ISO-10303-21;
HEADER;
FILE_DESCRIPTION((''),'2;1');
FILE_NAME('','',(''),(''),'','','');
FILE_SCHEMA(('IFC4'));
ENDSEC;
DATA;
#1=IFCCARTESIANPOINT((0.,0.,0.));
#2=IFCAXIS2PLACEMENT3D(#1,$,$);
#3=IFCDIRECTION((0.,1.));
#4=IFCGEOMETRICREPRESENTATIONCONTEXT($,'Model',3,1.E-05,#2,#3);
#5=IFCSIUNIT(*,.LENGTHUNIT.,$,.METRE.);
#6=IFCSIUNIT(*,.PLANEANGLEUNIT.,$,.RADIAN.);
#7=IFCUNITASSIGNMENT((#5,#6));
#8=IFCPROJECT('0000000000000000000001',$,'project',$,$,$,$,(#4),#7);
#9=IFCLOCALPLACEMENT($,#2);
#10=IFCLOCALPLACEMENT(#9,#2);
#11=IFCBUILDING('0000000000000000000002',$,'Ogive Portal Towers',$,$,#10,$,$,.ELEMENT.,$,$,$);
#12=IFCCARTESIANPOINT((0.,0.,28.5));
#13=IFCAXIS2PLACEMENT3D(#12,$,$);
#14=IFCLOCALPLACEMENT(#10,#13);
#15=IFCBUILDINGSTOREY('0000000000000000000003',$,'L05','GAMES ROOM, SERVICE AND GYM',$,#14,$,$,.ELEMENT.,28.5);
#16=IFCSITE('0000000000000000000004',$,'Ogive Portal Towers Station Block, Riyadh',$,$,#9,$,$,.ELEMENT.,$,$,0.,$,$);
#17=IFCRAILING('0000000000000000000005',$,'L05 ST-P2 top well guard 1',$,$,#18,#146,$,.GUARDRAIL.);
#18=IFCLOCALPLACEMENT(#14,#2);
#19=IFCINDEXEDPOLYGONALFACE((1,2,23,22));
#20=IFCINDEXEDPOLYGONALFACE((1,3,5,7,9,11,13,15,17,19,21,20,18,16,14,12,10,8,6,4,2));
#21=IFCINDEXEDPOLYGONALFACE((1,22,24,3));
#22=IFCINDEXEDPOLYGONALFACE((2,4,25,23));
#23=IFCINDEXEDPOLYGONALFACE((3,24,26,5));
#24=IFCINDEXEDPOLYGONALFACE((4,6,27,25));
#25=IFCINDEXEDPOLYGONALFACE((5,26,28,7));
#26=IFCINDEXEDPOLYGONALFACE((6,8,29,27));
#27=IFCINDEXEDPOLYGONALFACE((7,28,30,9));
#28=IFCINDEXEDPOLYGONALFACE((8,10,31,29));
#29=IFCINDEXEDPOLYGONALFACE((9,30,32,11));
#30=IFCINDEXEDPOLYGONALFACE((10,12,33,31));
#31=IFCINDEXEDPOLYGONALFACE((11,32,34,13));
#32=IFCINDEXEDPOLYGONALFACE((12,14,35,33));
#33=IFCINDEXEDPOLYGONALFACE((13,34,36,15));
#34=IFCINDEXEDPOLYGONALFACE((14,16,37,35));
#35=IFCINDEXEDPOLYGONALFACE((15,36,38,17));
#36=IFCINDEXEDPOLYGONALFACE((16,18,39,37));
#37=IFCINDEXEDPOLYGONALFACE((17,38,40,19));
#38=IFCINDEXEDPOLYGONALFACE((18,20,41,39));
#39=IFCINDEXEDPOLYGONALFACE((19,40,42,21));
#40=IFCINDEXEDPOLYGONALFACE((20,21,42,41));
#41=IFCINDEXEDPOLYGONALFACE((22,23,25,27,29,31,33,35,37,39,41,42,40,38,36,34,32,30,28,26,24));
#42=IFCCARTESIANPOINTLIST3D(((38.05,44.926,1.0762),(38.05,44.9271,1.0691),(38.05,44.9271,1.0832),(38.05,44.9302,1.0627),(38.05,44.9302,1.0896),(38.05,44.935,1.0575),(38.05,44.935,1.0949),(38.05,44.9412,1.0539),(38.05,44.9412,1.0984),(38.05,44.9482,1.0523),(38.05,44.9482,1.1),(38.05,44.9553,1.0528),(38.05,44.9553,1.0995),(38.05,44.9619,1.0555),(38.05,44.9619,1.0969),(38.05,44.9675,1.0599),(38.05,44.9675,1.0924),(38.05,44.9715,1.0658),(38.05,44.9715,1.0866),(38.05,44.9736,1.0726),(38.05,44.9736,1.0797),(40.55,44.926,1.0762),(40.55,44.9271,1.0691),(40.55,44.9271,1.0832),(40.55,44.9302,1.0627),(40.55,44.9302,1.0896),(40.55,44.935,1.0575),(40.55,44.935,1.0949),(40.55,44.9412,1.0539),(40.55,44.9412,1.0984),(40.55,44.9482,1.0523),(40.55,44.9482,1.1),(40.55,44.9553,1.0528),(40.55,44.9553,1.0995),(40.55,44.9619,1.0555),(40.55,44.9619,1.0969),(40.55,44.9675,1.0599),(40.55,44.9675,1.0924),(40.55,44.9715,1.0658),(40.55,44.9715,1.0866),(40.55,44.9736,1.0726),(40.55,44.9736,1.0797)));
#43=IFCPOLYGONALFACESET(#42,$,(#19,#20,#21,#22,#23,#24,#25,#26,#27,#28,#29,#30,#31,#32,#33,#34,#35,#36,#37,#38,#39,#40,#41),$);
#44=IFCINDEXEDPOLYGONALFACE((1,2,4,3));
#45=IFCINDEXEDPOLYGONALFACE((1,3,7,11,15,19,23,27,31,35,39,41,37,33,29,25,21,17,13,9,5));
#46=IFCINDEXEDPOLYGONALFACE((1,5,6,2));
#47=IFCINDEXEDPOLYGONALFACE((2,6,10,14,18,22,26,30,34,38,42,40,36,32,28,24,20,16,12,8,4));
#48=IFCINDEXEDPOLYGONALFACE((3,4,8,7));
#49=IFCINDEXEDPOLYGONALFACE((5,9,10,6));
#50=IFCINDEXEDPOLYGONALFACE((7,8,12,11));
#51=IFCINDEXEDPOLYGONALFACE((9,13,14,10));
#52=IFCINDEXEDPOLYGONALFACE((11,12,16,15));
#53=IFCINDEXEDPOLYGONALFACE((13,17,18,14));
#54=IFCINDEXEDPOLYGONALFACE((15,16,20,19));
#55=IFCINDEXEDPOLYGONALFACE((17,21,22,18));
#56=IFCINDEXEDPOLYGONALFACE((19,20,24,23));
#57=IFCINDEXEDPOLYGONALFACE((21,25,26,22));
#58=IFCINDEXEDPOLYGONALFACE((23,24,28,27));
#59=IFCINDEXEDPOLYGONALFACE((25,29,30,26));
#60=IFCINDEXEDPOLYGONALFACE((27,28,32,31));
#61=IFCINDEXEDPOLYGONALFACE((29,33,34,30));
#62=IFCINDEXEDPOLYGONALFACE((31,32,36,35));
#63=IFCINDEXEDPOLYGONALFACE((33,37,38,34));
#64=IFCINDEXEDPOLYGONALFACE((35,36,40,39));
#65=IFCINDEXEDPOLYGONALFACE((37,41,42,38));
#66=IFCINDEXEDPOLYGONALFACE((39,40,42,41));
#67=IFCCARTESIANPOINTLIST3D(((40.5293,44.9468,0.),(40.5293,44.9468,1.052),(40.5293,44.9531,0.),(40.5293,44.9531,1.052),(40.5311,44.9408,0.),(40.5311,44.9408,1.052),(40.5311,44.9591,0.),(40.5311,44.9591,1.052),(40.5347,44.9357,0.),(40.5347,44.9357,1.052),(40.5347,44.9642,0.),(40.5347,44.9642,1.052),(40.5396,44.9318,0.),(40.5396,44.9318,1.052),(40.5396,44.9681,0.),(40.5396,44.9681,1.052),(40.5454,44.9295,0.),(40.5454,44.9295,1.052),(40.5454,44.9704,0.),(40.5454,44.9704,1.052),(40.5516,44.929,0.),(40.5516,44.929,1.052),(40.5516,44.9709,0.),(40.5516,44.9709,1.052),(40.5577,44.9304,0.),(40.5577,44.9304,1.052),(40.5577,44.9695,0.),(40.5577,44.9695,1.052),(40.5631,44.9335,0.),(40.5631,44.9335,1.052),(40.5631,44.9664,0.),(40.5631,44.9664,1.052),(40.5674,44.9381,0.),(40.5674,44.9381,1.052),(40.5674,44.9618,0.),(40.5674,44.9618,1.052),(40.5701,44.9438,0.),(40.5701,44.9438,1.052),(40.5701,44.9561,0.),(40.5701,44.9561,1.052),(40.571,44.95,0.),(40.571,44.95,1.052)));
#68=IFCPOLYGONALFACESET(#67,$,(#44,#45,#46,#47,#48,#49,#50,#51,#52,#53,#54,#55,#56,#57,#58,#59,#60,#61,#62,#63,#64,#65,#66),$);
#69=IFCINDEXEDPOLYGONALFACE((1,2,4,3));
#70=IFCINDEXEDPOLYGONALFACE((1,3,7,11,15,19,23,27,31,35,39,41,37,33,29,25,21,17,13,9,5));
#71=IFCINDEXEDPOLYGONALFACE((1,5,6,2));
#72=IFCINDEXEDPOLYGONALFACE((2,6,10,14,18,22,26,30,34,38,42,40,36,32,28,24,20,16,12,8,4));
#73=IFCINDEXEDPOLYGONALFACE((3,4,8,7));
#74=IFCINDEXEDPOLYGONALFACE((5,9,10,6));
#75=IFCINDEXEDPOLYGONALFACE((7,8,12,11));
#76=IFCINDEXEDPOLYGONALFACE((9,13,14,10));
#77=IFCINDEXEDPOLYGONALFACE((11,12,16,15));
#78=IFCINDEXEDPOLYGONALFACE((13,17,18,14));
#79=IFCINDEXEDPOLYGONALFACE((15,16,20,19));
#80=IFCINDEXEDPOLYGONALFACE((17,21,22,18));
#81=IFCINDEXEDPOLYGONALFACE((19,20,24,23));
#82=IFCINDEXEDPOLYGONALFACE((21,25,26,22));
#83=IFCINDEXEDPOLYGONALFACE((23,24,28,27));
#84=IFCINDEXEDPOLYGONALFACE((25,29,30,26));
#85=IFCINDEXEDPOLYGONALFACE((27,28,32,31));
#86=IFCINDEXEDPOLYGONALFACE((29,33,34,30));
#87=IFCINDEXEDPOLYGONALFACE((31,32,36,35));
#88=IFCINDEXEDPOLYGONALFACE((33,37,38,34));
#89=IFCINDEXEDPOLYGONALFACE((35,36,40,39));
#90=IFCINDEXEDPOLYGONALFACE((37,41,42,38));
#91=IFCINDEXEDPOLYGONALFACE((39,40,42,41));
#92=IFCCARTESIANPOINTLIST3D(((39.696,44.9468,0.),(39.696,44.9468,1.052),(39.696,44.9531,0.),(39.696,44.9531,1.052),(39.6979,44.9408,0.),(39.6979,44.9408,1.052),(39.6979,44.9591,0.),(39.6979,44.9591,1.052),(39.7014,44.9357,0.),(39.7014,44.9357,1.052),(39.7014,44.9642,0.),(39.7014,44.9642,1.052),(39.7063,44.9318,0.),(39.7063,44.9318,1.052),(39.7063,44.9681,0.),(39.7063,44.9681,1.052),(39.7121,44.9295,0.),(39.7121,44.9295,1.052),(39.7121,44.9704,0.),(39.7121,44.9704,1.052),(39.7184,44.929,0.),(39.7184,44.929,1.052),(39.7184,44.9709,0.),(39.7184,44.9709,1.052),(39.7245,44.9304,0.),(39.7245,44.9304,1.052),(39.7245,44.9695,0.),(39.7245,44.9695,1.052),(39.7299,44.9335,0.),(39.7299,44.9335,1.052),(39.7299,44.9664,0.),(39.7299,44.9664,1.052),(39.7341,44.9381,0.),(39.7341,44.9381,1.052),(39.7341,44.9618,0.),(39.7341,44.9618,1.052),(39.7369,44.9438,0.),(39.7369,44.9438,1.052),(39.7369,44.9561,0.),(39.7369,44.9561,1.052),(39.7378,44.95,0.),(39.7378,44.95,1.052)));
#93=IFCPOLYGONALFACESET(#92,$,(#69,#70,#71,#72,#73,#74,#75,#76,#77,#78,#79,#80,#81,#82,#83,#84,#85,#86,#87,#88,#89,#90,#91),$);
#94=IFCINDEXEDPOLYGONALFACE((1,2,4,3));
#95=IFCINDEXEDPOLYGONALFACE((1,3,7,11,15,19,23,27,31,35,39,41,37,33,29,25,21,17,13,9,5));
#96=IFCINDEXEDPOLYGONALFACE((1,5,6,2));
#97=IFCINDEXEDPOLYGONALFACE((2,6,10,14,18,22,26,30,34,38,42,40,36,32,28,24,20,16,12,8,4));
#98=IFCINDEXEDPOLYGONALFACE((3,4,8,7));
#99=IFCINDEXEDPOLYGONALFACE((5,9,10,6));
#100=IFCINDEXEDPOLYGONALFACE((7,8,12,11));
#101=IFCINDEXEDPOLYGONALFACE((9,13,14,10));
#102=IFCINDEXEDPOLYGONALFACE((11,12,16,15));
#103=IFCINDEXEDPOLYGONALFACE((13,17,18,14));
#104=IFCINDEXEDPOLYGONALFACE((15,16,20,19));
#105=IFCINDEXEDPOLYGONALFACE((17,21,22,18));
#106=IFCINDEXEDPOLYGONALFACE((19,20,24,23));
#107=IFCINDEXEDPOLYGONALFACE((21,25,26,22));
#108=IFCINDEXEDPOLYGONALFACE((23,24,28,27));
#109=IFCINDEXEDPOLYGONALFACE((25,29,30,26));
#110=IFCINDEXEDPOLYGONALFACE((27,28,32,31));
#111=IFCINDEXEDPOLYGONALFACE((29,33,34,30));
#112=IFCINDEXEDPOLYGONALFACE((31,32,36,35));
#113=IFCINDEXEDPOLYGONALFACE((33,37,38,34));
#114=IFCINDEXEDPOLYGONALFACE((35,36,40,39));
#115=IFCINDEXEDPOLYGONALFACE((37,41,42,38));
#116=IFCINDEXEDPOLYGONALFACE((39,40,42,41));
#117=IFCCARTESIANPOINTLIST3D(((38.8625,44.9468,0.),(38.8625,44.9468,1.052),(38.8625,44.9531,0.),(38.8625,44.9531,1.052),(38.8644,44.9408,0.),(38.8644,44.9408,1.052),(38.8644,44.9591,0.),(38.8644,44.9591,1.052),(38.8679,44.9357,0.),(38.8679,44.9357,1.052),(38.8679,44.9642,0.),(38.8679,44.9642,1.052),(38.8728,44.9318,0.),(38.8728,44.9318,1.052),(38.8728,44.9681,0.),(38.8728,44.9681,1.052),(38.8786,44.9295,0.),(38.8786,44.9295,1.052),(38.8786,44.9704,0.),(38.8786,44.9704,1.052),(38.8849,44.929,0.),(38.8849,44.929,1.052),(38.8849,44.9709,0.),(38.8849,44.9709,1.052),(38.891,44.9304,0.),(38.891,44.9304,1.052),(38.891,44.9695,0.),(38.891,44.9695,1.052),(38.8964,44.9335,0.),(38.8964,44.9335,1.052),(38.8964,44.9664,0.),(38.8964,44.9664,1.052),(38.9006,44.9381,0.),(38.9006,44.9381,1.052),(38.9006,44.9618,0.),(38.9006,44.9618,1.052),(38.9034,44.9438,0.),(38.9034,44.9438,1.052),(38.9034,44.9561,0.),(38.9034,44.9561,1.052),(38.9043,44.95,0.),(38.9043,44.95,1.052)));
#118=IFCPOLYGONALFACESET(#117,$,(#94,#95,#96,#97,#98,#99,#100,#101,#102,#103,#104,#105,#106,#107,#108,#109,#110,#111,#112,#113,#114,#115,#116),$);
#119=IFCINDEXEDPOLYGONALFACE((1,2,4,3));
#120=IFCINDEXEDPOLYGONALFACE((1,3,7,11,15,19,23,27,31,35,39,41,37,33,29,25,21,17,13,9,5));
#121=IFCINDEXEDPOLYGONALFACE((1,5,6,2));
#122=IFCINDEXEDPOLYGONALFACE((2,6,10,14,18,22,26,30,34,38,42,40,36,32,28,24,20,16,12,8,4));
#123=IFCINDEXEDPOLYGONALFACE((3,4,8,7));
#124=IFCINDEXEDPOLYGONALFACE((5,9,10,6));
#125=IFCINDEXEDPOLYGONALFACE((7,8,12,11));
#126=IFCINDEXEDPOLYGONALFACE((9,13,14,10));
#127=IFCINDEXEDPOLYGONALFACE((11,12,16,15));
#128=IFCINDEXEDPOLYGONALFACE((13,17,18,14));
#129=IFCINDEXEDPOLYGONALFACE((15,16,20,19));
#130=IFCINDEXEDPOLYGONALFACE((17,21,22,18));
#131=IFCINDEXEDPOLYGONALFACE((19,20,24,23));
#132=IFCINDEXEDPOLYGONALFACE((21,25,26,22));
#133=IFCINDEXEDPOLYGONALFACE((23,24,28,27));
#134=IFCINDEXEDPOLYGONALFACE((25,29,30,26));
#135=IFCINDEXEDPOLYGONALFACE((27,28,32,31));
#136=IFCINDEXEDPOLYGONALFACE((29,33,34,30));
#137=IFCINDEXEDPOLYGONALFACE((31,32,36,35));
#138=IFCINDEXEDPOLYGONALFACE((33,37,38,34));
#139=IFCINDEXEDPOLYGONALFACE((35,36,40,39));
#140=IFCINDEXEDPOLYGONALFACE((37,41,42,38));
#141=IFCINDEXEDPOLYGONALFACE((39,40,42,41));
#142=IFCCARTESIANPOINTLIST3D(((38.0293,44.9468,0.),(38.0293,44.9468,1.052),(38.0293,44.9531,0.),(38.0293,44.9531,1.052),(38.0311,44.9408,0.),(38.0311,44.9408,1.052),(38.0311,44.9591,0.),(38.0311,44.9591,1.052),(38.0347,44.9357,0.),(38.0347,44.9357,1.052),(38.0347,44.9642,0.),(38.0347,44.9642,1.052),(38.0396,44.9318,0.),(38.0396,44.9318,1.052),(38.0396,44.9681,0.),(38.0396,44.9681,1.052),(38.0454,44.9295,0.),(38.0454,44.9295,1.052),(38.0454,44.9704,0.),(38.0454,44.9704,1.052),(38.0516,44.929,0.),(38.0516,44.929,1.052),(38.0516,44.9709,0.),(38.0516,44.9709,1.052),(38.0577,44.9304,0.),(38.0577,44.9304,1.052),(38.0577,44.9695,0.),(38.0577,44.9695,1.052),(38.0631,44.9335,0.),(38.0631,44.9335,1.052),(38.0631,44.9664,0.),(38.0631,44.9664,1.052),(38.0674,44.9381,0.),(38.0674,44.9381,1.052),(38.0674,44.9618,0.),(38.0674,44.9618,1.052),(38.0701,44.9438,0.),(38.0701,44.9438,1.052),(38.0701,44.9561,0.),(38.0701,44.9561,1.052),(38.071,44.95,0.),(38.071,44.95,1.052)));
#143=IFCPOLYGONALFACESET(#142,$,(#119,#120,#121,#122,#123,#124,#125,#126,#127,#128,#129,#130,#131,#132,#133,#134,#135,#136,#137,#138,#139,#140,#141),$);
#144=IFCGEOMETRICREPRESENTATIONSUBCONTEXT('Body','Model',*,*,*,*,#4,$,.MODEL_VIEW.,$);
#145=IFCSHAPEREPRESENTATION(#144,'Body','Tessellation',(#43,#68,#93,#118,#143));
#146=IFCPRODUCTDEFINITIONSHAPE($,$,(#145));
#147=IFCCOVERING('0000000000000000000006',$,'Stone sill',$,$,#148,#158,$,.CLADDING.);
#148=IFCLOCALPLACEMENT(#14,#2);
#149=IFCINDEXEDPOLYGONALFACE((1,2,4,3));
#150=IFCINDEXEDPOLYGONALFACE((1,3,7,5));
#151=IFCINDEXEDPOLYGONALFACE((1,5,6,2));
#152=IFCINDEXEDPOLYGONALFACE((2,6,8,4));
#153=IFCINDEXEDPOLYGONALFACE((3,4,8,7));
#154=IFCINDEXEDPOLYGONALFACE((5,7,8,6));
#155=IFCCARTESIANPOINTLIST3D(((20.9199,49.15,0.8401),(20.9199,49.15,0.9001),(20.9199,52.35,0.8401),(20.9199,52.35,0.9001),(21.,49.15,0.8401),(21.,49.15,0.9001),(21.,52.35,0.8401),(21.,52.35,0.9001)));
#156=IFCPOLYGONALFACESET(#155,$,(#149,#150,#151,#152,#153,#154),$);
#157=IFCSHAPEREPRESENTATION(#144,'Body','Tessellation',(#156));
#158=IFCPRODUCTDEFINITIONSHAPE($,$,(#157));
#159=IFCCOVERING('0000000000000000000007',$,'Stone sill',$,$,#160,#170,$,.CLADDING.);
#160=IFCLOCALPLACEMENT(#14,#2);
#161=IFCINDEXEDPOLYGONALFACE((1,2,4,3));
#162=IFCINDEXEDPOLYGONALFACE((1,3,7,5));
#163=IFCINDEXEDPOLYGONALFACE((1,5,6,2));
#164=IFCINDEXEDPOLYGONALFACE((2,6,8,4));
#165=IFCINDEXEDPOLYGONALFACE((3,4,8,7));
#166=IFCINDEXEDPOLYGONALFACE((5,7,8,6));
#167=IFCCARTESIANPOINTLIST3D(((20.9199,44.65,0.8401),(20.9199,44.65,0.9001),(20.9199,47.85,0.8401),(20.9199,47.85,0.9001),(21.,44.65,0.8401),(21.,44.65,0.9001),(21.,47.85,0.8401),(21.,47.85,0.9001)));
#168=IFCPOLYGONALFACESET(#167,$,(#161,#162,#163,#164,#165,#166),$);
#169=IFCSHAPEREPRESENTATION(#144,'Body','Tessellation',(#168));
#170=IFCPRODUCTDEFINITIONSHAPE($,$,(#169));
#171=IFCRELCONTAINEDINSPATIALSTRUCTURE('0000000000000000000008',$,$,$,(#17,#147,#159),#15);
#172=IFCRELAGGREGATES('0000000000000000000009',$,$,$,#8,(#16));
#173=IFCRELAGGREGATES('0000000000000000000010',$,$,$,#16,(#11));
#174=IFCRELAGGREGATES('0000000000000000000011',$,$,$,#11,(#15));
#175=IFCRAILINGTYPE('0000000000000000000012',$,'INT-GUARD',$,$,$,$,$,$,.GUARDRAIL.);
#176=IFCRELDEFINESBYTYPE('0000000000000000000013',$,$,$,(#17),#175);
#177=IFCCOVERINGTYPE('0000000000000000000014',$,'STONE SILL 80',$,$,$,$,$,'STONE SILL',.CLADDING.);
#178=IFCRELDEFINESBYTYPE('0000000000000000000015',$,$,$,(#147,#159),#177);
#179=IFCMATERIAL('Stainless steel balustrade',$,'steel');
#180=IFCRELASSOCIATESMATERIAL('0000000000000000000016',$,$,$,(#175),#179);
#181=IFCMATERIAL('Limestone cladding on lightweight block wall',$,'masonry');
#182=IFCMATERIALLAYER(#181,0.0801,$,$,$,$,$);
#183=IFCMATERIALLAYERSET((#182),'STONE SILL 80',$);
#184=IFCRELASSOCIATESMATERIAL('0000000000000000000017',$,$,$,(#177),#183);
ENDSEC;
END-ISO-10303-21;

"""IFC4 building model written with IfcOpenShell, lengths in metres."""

from ifc_helpers import new_model, si_unit, direction, frame, origin, origin_2d, place, context, subcontext, project, spatial, rectangle, circle, extrude, material, layer, layer_set, type_object, element, save


model = new_model("IFC4")

# Units and contexts
model_context = context("Model", 3, precision=1e-05, world=origin(), true_north=direction((0.0, 1.0)))
body_context = subcontext(model_context, "Body", "Model", "MODEL_VIEW")
ifc_project = project(units=[si_unit("LENGTHUNIT", "METRE"), si_unit("PLANEANGLEUNIT", "RADIAN")], contexts=[model_context])

# Site, building, storey
site_placement = place(None, origin())
site = spatial("IfcSite", under=ifc_project, at=site_placement, Name="Ogive Portal Towers Station Block, Riyadh", CompositionType="ELEMENT", RefElevation=0.0)
building_placement = place(site_placement, origin())
building = spatial("IfcBuilding", under=site, at=building_placement, Name="Ogive Portal Towers", CompositionType="ELEMENT")
storey_placement = place(building_placement, frame((0.0, 0.0, 28.5)))
storey = spatial("IfcBuildingStorey", under=building, at=storey_placement, Name="L05", Description="GAMES ROOM, SERVICE AND GYM", CompositionType="ELEMENT", Elevation=28.5)

# Railing
ifc_material_1 = material(Name="Stainless steel balustrade", Category="steel")
railing_type = type_object("IfcRailingType", Name="INT-GUARD", PredefinedType="GUARDRAIL", material=ifc_material_1)
railing_placement = place(storey_placement, frame((40.55, 44.95, 0.0)))
element("IfcRailing", 1, at=railing_placement, inside=storey, type_object=railing_type, Name="L05 ST-P2 top well guard 1", PredefinedType="GUARDRAIL", context=body_context, shape_type="SweptSolid", body=[
    extrude(circle(Radius=0.0239, at=origin_2d()), frame((0.0, 0.0, 1.0762), z_axis=(-1.0, 0.0, 0.0), x_axis=(0.0, -1.0, 0.0)), (0.0, 0.0, 1.0), 2.5),
    extrude(circle(Radius=0.021, at=origin_2d()), origin(), (0.0, 0.0, 1.0), 1.052),
    extrude(circle(Radius=0.021, at=origin_2d()), frame((-0.8333, 0.0, 0.0)), (0.0, 0.0, 1.0), 1.052),
    extrude(circle(Radius=0.021, at=origin_2d()), frame((-1.6667, 0.0, 0.0)), (0.0, 0.0, 1.0), 1.052),
    extrude(circle(Radius=0.021, at=origin_2d()), frame((-2.5, 0.0, 0.0)), (0.0, 0.0, 1.0), 1.052),
])

# Coverings
ifc_material_2 = material(Name="Limestone cladding on lightweight block wall", Category="masonry")
ifc_layer_1 = layer(ifc_material_2, 0.0801)
ifc_layer_set_1 = layer_set([ifc_layer_1], Name="STONE SILL 80")
covering_type = type_object("IfcCoveringType", Name="STONE SILL 80", ElementType="STONE SILL", PredefinedType="CLADDING", material=ifc_layer_set_1)
for number, where, z_axis, x_axis, name in (
    (2, (20.96, 50.75, 0.8401), (0.0, 0.0, 1.0), (0.0, -1.0, 0.0), "Stone sill"),
    (3, (20.96, 46.25, 0.8401), (0.0, 0.0, 1.0), (0.0, -1.0, 0.0), "Stone sill"),
):
    element("IfcCovering", number, at=place(storey_placement, frame(where, z_axis=z_axis, x_axis=x_axis)), inside=storey, type_object=covering_type, Name=name, PredefinedType="CLADDING", context=body_context, shape_type="SweptSolid", body=[
        extrude(rectangle(XDim=3.2, YDim=0.0801, at=origin_2d()), origin(), (0.0, 0.0, 1.0), 0.0601),
    ])

save(model, "model.ifc")
